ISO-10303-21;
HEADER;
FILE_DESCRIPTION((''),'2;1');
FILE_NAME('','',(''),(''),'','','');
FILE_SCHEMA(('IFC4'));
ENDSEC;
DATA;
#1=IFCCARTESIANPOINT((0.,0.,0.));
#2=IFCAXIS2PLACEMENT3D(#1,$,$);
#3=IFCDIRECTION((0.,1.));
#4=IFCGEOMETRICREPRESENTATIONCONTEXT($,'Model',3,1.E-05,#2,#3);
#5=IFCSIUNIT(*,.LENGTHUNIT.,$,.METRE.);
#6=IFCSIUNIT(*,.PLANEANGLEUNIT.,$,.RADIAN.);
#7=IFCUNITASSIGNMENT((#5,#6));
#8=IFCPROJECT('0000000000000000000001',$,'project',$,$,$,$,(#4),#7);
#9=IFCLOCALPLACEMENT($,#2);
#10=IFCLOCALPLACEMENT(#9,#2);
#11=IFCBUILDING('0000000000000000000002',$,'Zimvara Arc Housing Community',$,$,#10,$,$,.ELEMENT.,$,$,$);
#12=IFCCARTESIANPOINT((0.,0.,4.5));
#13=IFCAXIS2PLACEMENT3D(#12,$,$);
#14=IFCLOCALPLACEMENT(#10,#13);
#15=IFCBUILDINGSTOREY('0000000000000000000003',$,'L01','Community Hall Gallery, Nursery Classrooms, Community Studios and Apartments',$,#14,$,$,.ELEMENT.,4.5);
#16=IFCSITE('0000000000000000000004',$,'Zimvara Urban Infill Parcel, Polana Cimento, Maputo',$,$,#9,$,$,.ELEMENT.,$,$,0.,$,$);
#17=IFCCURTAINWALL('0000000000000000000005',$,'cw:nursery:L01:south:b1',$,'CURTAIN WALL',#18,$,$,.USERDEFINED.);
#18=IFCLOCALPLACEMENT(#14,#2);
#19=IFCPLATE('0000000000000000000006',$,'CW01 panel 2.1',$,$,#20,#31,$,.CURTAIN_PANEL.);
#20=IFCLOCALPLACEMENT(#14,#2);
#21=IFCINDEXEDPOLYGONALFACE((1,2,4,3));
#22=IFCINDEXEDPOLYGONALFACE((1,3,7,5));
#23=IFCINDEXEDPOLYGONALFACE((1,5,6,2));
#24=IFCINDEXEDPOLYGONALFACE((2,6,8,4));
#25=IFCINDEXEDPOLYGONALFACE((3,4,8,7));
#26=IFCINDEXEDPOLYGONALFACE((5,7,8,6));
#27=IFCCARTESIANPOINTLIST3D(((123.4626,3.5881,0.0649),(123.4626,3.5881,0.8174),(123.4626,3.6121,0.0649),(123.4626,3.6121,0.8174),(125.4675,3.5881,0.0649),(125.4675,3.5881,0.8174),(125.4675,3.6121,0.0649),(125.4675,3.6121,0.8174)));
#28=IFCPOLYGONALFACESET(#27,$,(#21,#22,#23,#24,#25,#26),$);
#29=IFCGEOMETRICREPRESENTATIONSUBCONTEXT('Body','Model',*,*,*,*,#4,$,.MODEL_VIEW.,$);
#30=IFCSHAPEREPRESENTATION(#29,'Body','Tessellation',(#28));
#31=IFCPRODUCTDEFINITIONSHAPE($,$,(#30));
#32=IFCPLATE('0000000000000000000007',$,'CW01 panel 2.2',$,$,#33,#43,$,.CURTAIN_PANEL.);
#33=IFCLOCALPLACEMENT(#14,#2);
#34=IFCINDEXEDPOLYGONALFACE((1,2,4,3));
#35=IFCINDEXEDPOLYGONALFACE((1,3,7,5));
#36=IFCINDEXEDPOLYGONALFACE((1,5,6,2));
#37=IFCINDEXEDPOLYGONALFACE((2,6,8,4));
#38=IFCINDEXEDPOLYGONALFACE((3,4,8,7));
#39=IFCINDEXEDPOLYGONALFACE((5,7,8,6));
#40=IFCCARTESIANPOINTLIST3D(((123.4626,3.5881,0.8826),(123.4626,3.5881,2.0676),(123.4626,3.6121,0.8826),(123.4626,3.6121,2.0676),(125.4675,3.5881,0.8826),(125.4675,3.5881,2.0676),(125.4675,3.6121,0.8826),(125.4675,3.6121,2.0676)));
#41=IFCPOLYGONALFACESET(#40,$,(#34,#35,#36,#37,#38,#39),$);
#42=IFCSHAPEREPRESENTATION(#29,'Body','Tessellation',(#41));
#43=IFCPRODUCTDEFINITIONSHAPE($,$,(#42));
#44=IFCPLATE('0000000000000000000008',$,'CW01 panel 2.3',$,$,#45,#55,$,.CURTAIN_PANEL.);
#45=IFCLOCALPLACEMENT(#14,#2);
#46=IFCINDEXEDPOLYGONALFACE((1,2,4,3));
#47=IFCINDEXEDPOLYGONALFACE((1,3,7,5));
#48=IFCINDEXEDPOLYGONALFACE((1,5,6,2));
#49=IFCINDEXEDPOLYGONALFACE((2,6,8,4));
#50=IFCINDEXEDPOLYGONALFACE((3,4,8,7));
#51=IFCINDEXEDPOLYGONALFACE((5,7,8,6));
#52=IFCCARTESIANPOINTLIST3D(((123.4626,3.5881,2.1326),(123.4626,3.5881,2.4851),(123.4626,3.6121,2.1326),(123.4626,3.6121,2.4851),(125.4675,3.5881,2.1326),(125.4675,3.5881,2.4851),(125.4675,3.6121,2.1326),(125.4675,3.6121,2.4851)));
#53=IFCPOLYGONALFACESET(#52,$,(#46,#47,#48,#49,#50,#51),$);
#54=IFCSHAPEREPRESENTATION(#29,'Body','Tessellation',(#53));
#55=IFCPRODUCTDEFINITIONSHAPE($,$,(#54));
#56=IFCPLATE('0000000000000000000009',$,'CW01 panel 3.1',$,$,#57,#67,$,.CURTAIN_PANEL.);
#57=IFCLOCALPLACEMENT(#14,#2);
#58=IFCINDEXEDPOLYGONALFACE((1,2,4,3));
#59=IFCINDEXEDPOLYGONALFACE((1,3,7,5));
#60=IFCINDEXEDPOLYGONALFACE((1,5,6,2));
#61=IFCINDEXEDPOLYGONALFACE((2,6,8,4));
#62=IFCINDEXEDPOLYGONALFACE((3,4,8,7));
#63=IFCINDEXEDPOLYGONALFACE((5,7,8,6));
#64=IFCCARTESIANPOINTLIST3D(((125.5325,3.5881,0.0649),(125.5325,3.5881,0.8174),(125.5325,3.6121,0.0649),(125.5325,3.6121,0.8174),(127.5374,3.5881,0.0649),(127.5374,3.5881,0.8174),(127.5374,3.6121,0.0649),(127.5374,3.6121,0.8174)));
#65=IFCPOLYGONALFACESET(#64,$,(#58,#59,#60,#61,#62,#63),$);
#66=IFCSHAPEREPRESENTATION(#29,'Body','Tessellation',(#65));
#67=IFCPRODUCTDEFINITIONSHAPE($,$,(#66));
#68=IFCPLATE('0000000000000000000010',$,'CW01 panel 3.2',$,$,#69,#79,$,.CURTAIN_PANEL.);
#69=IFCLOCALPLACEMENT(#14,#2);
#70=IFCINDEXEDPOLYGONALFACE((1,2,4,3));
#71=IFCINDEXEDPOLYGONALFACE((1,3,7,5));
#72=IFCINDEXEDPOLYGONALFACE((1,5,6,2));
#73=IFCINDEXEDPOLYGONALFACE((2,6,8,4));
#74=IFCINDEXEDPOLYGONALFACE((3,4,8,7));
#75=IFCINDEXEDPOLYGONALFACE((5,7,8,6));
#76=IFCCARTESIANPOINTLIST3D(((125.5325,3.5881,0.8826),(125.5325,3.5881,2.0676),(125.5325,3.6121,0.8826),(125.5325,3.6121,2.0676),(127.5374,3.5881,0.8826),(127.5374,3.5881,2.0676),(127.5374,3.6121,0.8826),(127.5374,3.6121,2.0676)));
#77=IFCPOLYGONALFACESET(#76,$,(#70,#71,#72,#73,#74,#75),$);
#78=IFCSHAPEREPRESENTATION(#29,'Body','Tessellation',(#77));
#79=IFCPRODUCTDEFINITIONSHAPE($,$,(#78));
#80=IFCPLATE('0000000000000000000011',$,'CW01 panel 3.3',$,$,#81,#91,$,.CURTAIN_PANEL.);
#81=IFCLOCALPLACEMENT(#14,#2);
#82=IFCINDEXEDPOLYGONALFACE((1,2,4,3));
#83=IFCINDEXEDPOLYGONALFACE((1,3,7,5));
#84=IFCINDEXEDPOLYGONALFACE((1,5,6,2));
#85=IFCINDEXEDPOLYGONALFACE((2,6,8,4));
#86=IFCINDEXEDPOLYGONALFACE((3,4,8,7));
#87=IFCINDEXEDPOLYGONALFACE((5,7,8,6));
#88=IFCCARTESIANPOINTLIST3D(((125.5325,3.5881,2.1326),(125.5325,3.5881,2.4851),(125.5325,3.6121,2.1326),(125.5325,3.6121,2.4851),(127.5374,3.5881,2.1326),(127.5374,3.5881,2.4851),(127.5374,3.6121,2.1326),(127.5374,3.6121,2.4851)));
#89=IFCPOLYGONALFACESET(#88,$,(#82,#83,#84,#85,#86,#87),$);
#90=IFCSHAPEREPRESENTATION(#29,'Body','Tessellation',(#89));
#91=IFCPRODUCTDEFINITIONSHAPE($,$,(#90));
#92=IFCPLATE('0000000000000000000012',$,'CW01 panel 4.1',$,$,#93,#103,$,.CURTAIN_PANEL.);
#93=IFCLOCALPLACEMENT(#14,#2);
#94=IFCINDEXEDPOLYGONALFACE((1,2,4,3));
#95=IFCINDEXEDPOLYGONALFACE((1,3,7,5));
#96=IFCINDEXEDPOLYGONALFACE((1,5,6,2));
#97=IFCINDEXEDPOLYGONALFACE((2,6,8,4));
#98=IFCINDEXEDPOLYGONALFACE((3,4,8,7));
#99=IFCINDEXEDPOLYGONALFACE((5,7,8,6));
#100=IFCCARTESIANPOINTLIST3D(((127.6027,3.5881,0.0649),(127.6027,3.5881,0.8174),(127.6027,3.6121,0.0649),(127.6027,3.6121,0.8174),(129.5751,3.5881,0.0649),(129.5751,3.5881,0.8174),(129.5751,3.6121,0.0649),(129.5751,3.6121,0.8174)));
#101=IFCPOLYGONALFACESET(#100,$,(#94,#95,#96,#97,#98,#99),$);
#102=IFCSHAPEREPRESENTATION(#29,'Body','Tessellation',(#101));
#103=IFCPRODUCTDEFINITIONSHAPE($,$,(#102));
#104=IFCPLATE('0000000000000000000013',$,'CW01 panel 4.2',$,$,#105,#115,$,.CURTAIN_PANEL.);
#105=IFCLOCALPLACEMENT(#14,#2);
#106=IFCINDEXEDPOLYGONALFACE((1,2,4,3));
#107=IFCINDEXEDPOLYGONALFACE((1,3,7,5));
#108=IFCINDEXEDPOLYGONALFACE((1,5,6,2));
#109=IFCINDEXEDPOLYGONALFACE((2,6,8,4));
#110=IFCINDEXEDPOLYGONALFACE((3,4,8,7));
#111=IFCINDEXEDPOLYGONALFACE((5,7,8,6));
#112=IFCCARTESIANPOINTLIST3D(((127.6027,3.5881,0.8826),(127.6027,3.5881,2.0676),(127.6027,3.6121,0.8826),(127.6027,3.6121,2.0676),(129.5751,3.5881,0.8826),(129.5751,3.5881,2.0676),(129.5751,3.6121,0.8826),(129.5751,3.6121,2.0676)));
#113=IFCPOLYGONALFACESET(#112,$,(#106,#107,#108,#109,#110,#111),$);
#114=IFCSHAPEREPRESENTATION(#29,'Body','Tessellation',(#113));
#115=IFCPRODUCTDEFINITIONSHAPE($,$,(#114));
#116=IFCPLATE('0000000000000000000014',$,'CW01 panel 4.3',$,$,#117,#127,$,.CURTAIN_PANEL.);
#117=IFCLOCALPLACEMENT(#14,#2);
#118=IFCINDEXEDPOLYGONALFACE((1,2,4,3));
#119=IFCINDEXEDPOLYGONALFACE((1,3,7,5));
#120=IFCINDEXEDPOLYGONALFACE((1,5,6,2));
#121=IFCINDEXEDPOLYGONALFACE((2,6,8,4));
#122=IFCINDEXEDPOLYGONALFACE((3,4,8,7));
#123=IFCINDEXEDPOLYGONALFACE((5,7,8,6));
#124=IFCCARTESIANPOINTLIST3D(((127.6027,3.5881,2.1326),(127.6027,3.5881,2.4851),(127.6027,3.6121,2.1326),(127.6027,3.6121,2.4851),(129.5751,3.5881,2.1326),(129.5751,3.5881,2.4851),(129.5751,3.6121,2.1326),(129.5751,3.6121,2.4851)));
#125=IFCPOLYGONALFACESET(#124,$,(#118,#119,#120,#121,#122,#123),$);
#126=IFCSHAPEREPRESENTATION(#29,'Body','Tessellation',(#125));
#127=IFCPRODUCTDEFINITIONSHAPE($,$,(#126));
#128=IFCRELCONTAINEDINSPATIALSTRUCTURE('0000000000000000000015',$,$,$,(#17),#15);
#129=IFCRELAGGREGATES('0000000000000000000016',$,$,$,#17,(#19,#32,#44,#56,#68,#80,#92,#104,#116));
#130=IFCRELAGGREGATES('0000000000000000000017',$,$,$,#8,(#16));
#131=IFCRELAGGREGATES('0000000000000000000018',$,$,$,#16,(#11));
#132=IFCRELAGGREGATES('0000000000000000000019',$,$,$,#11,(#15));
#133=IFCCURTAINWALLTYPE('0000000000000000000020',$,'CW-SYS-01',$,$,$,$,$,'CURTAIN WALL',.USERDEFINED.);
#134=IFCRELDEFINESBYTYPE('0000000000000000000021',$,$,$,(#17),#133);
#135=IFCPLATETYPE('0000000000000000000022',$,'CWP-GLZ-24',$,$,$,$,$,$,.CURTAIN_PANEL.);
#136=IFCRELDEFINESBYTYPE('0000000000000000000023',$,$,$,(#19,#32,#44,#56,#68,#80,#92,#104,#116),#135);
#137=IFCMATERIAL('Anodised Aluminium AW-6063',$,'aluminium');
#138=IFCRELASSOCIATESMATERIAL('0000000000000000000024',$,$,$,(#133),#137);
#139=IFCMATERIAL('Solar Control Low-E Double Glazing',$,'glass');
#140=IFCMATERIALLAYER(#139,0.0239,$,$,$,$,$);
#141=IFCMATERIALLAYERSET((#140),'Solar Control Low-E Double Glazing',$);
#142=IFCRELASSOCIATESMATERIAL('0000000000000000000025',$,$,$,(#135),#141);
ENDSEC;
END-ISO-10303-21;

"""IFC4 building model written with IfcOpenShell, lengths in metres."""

from ifc_helpers import new_model, si_unit, direction, frame, origin, origin_2d, place, context, subcontext, project, spatial, rectangle, extrude, material, layer, layer_set, type_object, element, aggregate, save


model = new_model("IFC4")

# Units and contexts
model_context = context("Model", 3, precision=1e-05, world=origin(), true_north=direction((0.0, 1.0)))
body_context = subcontext(model_context, "Body", "Model", "MODEL_VIEW")
ifc_project = project(units=[si_unit("LENGTHUNIT", "METRE"), si_unit("PLANEANGLEUNIT", "RADIAN")], contexts=[model_context])

# Site, building, storey
site_placement = place(None, origin())
site = spatial("IfcSite", under=ifc_project, at=site_placement, Name="Zimvara Urban Infill Parcel, Polana Cimento, Maputo", CompositionType="ELEMENT", RefElevation=0.0)
building_placement = place(site_placement, origin())
building = spatial("IfcBuilding", under=site, at=building_placement, Name="Zimvara Arc Housing Community", CompositionType="ELEMENT")
storey_placement = place(building_placement, frame((0.0, 0.0, 4.5)))
storey = spatial("IfcBuildingStorey", under=building, at=storey_placement, Name="L01", Description="Community Hall Gallery, Nursery Classrooms, Community Studios and Apartments", CompositionType="ELEMENT", Elevation=4.5)

# Curtain wall, plates
ifc_material_1 = material(Name="Anodised Aluminium AW-6063", Category="aluminium")
curtain_wall_type = type_object("IfcCurtainWallType", Name="CW-SYS-01", ElementType="CURTAIN WALL", PredefinedType="USERDEFINED", material=ifc_material_1)
curtain_wall_placement = place(storey_placement, origin())
curtain_wall = element("IfcCurtainWall", 1, at=curtain_wall_placement, inside=storey, type_object=curtain_wall_type, Name="cw:nursery:L01:south:b1", ObjectType="CURTAIN WALL", PredefinedType="USERDEFINED")
ifc_material_2 = material(Name="Solar Control Low-E Double Glazing", Category="glass")
ifc_layer = layer(ifc_material_2, 0.0239)
ifc_layer_set = layer_set([ifc_layer], Name="Solar Control Low-E Double Glazing")
plate_type = type_object("IfcPlateType", Name="CWP-GLZ-24", PredefinedType="CURTAIN_PANEL", material=ifc_layer_set)
plate_1_placement = place(storey_placement, frame((124.4651, 3.6001, 0.0649), z_axis=(0.0, 0.0, 1.0), x_axis=(1.0, 0.0, 0.0)))
plate_1 = element("IfcPlate", 2, at=plate_1_placement, type_object=plate_type, Name="CW01 panel 2.1", PredefinedType="CURTAIN_PANEL", context=body_context, shape_type="SweptSolid", body=[
    extrude(rectangle(XDim=2.0049, YDim=0.0239, at=origin_2d()), origin(), (0.0, 0.0, 1.0), 0.7524),
])
plate_2_placement = place(storey_placement, frame((124.4651, 3.6001, 0.8826), z_axis=(0.0, 0.0, 1.0), x_axis=(1.0, 0.0, 0.0)))
plate_2 = element("IfcPlate", 3, at=plate_2_placement, type_object=plate_type, Name="CW01 panel 2.2", PredefinedType="CURTAIN_PANEL", context=body_context, shape_type="SweptSolid", body=[
    extrude(rectangle(XDim=2.0049, YDim=0.0239, at=origin_2d()), origin(), (0.0, 0.0, 1.0), 1.1851),
])
plate_3_placement = place(storey_placement, frame((124.4651, 3.6001, 2.1326), z_axis=(0.0, 0.0, 1.0), x_axis=(1.0, 0.0, 0.0)))
plate_3 = element("IfcPlate", 4, at=plate_3_placement, type_object=plate_type, Name="CW01 panel 2.3", PredefinedType="CURTAIN_PANEL", context=body_context, shape_type="SweptSolid", body=[
    extrude(rectangle(XDim=2.0049, YDim=0.0239, at=origin_2d()), origin(), (0.0, 0.0, 1.0), 0.3525),
])
plate_4_placement = place(storey_placement, frame((126.5349, 3.6001, 0.0649), z_axis=(0.0, 0.0, 1.0), x_axis=(1.0, 0.0, 0.0)))
plate_4 = element("IfcPlate", 5, at=plate_4_placement, type_object=plate_type, Name="CW01 panel 3.1", PredefinedType="CURTAIN_PANEL", context=body_context, shape_type="SweptSolid", body=[
    extrude(rectangle(XDim=2.0049, YDim=0.0239, at=origin_2d()), origin(), (0.0, 0.0, 1.0), 0.7524),
])
plate_5_placement = place(storey_placement, frame((126.5349, 3.6001, 0.8826), z_axis=(0.0, 0.0, 1.0), x_axis=(1.0, 0.0, 0.0)))
plate_5 = element("IfcPlate", 6, at=plate_5_placement, type_object=plate_type, Name="CW01 panel 3.2", PredefinedType="CURTAIN_PANEL", context=body_context, shape_type="SweptSolid", body=[
    extrude(rectangle(XDim=2.0049, YDim=0.0239, at=origin_2d()), origin(), (0.0, 0.0, 1.0), 1.1851),
])
plate_6_placement = place(storey_placement, frame((126.5349, 3.6001, 2.1326), z_axis=(0.0, 0.0, 1.0), x_axis=(1.0, 0.0, 0.0)))
plate_6 = element("IfcPlate", 7, at=plate_6_placement, type_object=plate_type, Name="CW01 panel 3.3", PredefinedType="CURTAIN_PANEL", context=body_context, shape_type="SweptSolid", body=[
    extrude(rectangle(XDim=2.0049, YDim=0.0239, at=origin_2d()), origin(), (0.0, 0.0, 1.0), 0.3525),
])
plate_7_placement = place(storey_placement, frame((128.5889, 3.6001, 0.0649), z_axis=(0.0, 0.0, 1.0), x_axis=(1.0, 0.0, 0.0)))
plate_7 = element("IfcPlate", 8, at=plate_7_placement, type_object=plate_type, Name="CW01 panel 4.1", PredefinedType="CURTAIN_PANEL", context=body_context, shape_type="SweptSolid", body=[
    extrude(rectangle(XDim=1.9724, YDim=0.0239, at=origin_2d()), origin(), (0.0, 0.0, 1.0), 0.7524),
])
plate_8_placement = place(storey_placement, frame((128.5889, 3.6001, 0.8826), z_axis=(0.0, 0.0, 1.0), x_axis=(1.0, 0.0, 0.0)))
plate_8 = element("IfcPlate", 9, at=plate_8_placement, type_object=plate_type, Name="CW01 panel 4.2", PredefinedType="CURTAIN_PANEL", context=body_context, shape_type="SweptSolid", body=[
    extrude(rectangle(XDim=1.9724, YDim=0.0239, at=origin_2d()), origin(), (0.0, 0.0, 1.0), 1.1851),
])
plate_9_placement = place(storey_placement, frame((128.5889, 3.6001, 2.1326), z_axis=(0.0, 0.0, 1.0), x_axis=(1.0, 0.0, 0.0)))
plate_9 = element("IfcPlate", 10, at=plate_9_placement, type_object=plate_type, Name="CW01 panel 4.3", PredefinedType="CURTAIN_PANEL", context=body_context, shape_type="SweptSolid", body=[
    extrude(rectangle(XDim=1.9724, YDim=0.0239, at=origin_2d()), origin(), (0.0, 0.0, 1.0), 0.3525),
])
aggregate(curtain_wall, [plate_1, plate_2, plate_3, plate_4, plate_5, plate_6, plate_7, plate_8, plate_9])

save(model, "model.ifc")
